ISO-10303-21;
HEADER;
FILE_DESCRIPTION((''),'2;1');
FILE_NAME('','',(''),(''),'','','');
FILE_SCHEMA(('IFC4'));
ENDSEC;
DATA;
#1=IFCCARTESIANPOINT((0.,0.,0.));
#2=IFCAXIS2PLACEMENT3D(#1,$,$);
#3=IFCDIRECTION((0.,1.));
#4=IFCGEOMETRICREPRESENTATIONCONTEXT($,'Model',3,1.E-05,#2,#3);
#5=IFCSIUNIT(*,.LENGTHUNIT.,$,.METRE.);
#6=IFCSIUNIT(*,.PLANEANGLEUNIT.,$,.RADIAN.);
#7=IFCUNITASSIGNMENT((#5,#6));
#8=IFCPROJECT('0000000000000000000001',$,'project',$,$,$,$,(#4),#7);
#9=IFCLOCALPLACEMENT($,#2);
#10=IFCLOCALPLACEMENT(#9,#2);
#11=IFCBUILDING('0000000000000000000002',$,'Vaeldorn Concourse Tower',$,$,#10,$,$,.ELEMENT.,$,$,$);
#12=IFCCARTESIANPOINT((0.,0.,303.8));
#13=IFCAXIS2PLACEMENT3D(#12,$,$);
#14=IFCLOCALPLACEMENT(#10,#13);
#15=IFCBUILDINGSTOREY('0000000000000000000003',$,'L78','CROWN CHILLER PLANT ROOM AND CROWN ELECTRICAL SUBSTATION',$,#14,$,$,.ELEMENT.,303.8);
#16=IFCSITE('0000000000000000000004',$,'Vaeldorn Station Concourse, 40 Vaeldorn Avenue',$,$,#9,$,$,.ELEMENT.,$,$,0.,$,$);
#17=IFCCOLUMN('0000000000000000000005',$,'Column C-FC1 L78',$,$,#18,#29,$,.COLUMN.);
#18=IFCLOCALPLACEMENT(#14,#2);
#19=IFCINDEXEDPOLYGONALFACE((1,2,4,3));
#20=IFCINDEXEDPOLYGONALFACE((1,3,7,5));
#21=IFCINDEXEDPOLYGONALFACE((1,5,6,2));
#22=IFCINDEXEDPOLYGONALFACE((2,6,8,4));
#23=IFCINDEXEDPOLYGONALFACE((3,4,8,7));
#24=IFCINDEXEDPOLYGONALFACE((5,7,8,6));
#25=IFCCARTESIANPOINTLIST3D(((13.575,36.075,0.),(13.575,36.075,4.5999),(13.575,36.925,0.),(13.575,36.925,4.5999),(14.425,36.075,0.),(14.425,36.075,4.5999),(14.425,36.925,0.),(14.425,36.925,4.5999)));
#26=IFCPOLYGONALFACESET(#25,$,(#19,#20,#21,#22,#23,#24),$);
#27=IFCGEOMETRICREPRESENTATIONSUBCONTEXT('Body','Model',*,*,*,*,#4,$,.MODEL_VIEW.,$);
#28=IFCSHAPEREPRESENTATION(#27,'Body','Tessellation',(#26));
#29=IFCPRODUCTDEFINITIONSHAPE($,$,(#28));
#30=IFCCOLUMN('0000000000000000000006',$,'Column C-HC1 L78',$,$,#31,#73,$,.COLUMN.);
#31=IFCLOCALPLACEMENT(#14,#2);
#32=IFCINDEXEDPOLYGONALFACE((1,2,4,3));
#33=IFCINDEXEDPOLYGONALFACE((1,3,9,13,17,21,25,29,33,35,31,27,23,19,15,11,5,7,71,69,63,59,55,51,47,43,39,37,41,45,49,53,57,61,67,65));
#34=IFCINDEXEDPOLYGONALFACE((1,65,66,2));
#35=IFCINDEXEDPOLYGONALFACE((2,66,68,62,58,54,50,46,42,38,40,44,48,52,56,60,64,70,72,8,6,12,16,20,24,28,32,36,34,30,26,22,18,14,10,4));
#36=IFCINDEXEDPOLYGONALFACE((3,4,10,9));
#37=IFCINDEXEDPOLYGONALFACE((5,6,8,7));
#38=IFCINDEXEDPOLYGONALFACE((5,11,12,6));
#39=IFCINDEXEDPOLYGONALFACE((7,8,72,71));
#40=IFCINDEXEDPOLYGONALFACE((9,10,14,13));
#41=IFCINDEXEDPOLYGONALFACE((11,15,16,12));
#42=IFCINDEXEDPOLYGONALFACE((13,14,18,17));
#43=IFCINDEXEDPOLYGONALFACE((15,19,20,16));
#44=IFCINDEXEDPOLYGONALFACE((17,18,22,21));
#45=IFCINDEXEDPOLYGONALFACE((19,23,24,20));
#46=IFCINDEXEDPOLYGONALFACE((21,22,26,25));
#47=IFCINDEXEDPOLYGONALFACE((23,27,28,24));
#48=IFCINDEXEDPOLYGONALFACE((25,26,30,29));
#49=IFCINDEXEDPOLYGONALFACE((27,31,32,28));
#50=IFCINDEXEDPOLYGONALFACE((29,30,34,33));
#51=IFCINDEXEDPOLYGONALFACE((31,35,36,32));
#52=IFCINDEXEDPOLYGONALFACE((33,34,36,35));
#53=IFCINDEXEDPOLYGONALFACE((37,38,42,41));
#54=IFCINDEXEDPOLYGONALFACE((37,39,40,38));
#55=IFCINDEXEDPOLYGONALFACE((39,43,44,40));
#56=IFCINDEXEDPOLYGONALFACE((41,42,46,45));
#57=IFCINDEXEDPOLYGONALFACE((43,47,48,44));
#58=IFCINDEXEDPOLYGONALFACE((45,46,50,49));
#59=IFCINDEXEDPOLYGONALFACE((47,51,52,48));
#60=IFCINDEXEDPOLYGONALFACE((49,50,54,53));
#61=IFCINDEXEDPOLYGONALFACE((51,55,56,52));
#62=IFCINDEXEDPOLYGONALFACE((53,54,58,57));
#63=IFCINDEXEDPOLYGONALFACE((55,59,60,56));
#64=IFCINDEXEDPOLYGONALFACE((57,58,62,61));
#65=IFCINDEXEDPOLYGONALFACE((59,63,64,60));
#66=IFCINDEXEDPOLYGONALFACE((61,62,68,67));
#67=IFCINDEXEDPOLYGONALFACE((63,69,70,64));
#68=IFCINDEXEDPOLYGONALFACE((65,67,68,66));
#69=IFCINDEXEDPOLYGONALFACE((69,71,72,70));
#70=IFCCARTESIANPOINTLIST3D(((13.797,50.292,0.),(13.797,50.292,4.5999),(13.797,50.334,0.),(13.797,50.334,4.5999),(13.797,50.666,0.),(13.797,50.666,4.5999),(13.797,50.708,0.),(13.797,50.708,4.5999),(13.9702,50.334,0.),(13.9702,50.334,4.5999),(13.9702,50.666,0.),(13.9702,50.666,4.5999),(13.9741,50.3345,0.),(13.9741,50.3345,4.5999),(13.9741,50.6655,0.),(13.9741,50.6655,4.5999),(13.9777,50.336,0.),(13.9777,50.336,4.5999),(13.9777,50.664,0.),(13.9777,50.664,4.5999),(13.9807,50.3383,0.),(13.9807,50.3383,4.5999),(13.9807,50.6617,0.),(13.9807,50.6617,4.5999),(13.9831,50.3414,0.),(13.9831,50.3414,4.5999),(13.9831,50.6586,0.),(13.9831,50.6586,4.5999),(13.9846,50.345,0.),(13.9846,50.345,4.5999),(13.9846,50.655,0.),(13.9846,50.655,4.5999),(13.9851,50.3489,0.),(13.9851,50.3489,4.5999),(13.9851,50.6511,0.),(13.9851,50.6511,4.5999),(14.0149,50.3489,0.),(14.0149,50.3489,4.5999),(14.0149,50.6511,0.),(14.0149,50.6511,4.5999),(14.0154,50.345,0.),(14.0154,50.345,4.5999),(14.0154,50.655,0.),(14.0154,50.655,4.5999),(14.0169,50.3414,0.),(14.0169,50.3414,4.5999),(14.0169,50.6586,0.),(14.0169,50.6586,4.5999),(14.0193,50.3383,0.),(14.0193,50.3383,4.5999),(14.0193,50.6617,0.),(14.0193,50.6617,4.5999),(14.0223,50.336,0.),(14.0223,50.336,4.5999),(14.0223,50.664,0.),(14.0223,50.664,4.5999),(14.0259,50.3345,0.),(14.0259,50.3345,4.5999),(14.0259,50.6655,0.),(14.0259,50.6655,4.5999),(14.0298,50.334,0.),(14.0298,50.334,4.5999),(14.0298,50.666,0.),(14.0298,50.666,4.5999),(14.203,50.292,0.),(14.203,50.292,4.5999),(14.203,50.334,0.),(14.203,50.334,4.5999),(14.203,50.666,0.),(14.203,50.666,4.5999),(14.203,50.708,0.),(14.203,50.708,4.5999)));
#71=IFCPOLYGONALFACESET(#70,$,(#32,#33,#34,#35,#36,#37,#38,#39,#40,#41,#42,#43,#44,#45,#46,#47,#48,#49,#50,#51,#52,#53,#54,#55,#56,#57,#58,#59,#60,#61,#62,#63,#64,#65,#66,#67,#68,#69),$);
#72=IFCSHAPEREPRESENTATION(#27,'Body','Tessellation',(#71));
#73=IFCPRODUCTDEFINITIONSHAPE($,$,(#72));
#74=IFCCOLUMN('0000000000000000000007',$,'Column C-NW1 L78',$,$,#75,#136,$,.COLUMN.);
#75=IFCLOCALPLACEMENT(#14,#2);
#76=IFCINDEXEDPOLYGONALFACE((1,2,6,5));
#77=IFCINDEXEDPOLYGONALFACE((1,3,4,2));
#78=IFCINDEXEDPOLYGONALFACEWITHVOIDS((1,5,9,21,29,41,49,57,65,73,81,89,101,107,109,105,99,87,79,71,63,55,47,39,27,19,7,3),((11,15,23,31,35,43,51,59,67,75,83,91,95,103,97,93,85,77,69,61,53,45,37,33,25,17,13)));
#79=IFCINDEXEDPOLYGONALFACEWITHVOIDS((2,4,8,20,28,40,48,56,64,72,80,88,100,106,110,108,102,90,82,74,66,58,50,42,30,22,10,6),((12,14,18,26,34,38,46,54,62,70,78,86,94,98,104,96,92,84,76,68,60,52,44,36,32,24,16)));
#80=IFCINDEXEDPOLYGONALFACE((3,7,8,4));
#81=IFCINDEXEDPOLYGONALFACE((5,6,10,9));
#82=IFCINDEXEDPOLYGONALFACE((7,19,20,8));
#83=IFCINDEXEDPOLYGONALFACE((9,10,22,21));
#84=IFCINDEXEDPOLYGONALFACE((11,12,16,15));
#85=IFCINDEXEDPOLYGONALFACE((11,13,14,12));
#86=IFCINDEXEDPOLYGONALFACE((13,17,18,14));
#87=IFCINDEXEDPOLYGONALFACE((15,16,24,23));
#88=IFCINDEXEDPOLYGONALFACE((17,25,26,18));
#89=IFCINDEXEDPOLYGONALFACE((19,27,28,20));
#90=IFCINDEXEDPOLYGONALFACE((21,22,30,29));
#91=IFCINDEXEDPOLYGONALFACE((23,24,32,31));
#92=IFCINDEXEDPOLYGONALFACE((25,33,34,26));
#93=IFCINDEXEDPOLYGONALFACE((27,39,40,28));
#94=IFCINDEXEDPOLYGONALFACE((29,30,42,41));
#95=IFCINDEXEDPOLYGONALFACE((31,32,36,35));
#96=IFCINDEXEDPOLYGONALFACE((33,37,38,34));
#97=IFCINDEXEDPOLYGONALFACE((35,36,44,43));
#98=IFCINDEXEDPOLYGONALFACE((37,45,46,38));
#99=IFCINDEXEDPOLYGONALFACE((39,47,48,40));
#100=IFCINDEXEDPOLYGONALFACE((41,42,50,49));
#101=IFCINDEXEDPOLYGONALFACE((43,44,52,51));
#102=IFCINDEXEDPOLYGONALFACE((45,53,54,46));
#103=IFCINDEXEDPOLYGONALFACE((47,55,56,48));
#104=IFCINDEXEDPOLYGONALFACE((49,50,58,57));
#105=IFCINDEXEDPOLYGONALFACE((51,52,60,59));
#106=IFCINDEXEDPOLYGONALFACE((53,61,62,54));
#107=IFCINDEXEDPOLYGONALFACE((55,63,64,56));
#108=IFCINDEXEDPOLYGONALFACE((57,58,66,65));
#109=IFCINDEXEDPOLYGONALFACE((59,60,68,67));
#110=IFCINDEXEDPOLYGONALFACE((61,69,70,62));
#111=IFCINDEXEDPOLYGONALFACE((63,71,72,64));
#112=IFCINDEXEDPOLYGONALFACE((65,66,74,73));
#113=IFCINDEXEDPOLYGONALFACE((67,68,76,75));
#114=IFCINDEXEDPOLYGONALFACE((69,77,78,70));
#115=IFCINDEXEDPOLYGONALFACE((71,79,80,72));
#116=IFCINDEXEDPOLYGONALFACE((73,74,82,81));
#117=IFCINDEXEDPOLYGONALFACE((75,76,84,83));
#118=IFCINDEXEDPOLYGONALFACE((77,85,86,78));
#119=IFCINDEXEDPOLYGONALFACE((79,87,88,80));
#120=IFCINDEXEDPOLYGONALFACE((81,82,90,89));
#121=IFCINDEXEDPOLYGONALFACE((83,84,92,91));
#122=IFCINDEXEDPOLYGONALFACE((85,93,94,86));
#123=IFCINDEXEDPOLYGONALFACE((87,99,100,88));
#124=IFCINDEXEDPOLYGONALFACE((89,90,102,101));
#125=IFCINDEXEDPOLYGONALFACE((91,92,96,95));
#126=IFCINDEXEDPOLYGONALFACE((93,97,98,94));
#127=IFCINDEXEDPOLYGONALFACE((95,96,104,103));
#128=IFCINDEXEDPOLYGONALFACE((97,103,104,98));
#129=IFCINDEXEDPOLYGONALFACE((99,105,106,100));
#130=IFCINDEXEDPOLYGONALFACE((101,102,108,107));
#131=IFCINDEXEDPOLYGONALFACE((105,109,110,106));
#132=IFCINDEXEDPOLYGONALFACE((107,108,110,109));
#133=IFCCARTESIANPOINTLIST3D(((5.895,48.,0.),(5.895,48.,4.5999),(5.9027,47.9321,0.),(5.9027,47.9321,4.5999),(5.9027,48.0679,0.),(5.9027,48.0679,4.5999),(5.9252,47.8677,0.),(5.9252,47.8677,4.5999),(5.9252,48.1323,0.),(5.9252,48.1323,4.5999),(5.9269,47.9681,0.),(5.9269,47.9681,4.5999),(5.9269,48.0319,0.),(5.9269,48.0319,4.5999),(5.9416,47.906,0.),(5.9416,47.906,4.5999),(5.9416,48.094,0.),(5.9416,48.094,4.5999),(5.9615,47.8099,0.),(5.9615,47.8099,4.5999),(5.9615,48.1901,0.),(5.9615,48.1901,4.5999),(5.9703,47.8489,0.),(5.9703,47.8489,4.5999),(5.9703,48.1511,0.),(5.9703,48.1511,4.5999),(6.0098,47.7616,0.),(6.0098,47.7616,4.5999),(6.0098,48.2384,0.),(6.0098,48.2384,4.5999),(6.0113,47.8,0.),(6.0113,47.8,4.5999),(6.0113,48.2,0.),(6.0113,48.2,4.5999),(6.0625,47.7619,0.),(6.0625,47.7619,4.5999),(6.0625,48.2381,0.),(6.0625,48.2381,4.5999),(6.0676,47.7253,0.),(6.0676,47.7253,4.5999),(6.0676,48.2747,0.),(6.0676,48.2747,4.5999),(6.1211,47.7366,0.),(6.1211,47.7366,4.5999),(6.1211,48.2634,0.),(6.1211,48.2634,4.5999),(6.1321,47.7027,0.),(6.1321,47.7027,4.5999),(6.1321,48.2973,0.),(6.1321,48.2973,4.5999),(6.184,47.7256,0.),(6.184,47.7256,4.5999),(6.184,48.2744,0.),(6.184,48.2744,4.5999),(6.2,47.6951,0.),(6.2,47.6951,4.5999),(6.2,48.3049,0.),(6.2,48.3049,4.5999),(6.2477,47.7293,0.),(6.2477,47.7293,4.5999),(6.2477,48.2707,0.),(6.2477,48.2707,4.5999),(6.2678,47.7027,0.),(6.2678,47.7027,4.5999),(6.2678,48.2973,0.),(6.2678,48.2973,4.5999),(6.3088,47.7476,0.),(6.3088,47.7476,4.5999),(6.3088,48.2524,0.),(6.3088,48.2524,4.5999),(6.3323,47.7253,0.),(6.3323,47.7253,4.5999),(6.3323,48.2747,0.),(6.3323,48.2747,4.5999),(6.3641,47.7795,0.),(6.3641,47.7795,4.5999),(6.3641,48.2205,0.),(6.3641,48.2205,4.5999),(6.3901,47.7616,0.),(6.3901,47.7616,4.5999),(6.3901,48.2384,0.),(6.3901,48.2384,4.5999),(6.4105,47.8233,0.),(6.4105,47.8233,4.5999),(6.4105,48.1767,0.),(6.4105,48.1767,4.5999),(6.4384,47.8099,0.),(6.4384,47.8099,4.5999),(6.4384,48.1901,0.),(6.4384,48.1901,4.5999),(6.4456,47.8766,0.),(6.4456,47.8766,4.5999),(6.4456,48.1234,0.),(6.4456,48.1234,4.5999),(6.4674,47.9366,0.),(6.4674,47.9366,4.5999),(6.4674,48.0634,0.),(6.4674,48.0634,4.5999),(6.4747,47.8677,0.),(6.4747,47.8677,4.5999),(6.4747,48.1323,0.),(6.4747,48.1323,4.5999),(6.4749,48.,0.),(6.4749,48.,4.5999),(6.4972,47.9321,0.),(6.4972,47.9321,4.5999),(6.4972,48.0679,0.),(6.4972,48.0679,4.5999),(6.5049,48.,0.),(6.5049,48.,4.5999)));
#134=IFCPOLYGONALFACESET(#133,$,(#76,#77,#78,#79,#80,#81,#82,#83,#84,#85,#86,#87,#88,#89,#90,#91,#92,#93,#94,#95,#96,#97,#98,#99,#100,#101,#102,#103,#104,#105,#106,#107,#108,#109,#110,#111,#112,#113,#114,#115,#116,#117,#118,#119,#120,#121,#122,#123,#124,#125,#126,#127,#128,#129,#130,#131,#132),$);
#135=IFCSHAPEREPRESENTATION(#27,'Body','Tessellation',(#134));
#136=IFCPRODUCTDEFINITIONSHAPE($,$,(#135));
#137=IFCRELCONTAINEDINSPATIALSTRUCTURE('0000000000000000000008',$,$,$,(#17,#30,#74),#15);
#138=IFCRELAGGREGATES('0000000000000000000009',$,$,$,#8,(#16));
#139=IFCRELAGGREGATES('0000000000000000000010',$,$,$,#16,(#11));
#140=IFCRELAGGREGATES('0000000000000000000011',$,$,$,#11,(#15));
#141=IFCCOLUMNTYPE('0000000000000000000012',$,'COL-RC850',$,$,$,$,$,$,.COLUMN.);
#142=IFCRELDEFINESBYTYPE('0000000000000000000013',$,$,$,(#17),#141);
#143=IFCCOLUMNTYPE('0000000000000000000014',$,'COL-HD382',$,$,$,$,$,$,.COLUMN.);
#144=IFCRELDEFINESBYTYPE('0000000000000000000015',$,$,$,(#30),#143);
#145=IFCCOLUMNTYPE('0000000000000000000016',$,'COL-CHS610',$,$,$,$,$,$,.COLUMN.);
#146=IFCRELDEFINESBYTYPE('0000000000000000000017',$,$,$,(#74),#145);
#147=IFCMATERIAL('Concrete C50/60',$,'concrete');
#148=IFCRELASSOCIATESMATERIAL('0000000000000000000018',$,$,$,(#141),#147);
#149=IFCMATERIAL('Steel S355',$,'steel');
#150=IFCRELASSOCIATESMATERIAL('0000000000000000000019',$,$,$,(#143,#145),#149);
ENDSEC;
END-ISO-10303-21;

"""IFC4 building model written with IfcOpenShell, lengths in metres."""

from ifc_helpers import new_model, si_unit, direction, frame, origin, origin_2d, place, context, subcontext, project, spatial, rectangle, hollow_circle, i_section, extrude, source, transform, mapped, material, material_profile, profile_set, type_object, element, save


model = new_model("IFC4")

# Units and contexts
model_context = context("Model", 3, precision=1e-05, world=origin(), true_north=direction((0.0, 1.0)))
body_context = subcontext(model_context, "Body", "Model", "MODEL_VIEW")
ifc_project = project(units=[si_unit("LENGTHUNIT", "METRE"), si_unit("PLANEANGLEUNIT", "RADIAN")], contexts=[model_context])

# Site, building, storey
site_placement = place(None, origin())
site = spatial("IfcSite", under=ifc_project, at=site_placement, Name="Vaeldorn Station Concourse, 40 Vaeldorn Avenue", CompositionType="ELEMENT", RefElevation=0.0)
building_placement = place(site_placement, origin())
building = spatial("IfcBuilding", under=site, at=building_placement, Name="Vaeldorn Concourse Tower", CompositionType="ELEMENT")
storey_placement = place(building_placement, frame((0.0, 0.0, 303.8)))
storey = spatial("IfcBuildingStorey", under=building, at=storey_placement, Name="L78", Description="CROWN CHILLER PLANT ROOM AND CROWN ELECTRICAL SUBSTATION", CompositionType="ELEMENT", Elevation=303.8)

# Columns
ifc_material_1 = material(Name="Concrete C50/60", Category="concrete")
ifc_material_profile_1 = material_profile(ifc_material_1, rectangle(XDim=0.8501, YDim=0.8501, at=origin_2d()), Name="RC 850x850")
ifc_profile_set_1 = profile_set([ifc_material_profile_1], Name="Concrete C50/60")
column_type_1 = type_object("IfcColumnType", Name="COL-RC850", PredefinedType="COLUMN", material=ifc_profile_set_1)
shared_shape_1 = source(origin(), body_context, "Body", "SweptSolid", [
    extrude(rectangle(XDim=0.8501, YDim=0.8501, at=origin_2d()), origin(), (0.0, 0.0, 1.0), 4.5999),
])
column_1_placement = place(storey_placement, frame((14.0, 36.5, 0.0), z_axis=(0.0, 0.0, 1.0), x_axis=(1.0, 0.0, 0.0)))
element("IfcColumn", 1, at=column_1_placement, inside=storey, type_object=column_type_1, Name="Column C-FC1 L78", PredefinedType="COLUMN", context=body_context, shape_type="MappedRepresentation", body=[
    mapped(shared_shape_1, transform((0.0, 0.0, 0.0), scale=1.0)),
])
ifc_material_2 = material(Name="Steel S355", Category="steel")
ifc_material_profile_2 = material_profile(ifc_material_2, i_section(OverallWidth=0.406, OverallDepth=0.416, WebThickness=0.0298, FlangeThickness=0.042, FilletRadius=0.0149, at=origin_2d()), Name="HD 400x382")
ifc_profile_set_2 = profile_set([ifc_material_profile_2], Name="Steel S355")
column_type_2 = type_object("IfcColumnType", Name="COL-HD382", PredefinedType="COLUMN", material=ifc_profile_set_2)
shared_shape_2 = source(origin(), body_context, "Body", "SweptSolid", [
    extrude(i_section(OverallWidth=0.406, OverallDepth=0.416, WebThickness=0.0298, FlangeThickness=0.042, FilletRadius=0.0149, at=origin_2d()), origin(), (0.0, 0.0, 1.0), 4.5999),
])
column_2_placement = place(storey_placement, frame((14.0, 50.5, 0.0), z_axis=(0.0, 0.0, 1.0), x_axis=(1.0, 0.0, 0.0)))
element("IfcColumn", 2, at=column_2_placement, inside=storey, type_object=column_type_2, Name="Column C-HC1 L78", PredefinedType="COLUMN", context=body_context, shape_type="MappedRepresentation", body=[
    mapped(shared_shape_2, transform((0.0, 0.0, 0.0), scale=1.0)),
])
ifc_material_profile_3 = material_profile(ifc_material_2, hollow_circle(Radius=0.3049, WallThickness=0.03, at=origin_2d()), Name="CHS 610x30")
ifc_profile_set_3 = profile_set([ifc_material_profile_3], Name="Steel S355")
column_type_3 = type_object("IfcColumnType", Name="COL-CHS610", PredefinedType="COLUMN", material=ifc_profile_set_3)
shared_shape_3 = source(origin(), body_context, "Body", "SweptSolid", [
    extrude(hollow_circle(Radius=0.3049, WallThickness=0.03, at=origin_2d()), origin(), (0.0, 0.0, 1.0), 4.5999),
])
for number, where, z_axis, x_axis, name in (
    (3, (6.2, 48.0, 0.0), (0.0, 0.0, 1.0), (1.0, 0.0, 0.0), "Column C-NW1 L78"),
):
    element("IfcColumn", number, at=place(storey_placement, frame(where, z_axis=z_axis, x_axis=x_axis)), inside=storey, type_object=column_type_3, Name=name, PredefinedType="COLUMN", context=body_context, shape_type="MappedRepresentation", body=[
        mapped(shared_shape_3, transform((0.0, 0.0, 0.0), scale=1.0)),
    ])

save(model, "model.ifc")
